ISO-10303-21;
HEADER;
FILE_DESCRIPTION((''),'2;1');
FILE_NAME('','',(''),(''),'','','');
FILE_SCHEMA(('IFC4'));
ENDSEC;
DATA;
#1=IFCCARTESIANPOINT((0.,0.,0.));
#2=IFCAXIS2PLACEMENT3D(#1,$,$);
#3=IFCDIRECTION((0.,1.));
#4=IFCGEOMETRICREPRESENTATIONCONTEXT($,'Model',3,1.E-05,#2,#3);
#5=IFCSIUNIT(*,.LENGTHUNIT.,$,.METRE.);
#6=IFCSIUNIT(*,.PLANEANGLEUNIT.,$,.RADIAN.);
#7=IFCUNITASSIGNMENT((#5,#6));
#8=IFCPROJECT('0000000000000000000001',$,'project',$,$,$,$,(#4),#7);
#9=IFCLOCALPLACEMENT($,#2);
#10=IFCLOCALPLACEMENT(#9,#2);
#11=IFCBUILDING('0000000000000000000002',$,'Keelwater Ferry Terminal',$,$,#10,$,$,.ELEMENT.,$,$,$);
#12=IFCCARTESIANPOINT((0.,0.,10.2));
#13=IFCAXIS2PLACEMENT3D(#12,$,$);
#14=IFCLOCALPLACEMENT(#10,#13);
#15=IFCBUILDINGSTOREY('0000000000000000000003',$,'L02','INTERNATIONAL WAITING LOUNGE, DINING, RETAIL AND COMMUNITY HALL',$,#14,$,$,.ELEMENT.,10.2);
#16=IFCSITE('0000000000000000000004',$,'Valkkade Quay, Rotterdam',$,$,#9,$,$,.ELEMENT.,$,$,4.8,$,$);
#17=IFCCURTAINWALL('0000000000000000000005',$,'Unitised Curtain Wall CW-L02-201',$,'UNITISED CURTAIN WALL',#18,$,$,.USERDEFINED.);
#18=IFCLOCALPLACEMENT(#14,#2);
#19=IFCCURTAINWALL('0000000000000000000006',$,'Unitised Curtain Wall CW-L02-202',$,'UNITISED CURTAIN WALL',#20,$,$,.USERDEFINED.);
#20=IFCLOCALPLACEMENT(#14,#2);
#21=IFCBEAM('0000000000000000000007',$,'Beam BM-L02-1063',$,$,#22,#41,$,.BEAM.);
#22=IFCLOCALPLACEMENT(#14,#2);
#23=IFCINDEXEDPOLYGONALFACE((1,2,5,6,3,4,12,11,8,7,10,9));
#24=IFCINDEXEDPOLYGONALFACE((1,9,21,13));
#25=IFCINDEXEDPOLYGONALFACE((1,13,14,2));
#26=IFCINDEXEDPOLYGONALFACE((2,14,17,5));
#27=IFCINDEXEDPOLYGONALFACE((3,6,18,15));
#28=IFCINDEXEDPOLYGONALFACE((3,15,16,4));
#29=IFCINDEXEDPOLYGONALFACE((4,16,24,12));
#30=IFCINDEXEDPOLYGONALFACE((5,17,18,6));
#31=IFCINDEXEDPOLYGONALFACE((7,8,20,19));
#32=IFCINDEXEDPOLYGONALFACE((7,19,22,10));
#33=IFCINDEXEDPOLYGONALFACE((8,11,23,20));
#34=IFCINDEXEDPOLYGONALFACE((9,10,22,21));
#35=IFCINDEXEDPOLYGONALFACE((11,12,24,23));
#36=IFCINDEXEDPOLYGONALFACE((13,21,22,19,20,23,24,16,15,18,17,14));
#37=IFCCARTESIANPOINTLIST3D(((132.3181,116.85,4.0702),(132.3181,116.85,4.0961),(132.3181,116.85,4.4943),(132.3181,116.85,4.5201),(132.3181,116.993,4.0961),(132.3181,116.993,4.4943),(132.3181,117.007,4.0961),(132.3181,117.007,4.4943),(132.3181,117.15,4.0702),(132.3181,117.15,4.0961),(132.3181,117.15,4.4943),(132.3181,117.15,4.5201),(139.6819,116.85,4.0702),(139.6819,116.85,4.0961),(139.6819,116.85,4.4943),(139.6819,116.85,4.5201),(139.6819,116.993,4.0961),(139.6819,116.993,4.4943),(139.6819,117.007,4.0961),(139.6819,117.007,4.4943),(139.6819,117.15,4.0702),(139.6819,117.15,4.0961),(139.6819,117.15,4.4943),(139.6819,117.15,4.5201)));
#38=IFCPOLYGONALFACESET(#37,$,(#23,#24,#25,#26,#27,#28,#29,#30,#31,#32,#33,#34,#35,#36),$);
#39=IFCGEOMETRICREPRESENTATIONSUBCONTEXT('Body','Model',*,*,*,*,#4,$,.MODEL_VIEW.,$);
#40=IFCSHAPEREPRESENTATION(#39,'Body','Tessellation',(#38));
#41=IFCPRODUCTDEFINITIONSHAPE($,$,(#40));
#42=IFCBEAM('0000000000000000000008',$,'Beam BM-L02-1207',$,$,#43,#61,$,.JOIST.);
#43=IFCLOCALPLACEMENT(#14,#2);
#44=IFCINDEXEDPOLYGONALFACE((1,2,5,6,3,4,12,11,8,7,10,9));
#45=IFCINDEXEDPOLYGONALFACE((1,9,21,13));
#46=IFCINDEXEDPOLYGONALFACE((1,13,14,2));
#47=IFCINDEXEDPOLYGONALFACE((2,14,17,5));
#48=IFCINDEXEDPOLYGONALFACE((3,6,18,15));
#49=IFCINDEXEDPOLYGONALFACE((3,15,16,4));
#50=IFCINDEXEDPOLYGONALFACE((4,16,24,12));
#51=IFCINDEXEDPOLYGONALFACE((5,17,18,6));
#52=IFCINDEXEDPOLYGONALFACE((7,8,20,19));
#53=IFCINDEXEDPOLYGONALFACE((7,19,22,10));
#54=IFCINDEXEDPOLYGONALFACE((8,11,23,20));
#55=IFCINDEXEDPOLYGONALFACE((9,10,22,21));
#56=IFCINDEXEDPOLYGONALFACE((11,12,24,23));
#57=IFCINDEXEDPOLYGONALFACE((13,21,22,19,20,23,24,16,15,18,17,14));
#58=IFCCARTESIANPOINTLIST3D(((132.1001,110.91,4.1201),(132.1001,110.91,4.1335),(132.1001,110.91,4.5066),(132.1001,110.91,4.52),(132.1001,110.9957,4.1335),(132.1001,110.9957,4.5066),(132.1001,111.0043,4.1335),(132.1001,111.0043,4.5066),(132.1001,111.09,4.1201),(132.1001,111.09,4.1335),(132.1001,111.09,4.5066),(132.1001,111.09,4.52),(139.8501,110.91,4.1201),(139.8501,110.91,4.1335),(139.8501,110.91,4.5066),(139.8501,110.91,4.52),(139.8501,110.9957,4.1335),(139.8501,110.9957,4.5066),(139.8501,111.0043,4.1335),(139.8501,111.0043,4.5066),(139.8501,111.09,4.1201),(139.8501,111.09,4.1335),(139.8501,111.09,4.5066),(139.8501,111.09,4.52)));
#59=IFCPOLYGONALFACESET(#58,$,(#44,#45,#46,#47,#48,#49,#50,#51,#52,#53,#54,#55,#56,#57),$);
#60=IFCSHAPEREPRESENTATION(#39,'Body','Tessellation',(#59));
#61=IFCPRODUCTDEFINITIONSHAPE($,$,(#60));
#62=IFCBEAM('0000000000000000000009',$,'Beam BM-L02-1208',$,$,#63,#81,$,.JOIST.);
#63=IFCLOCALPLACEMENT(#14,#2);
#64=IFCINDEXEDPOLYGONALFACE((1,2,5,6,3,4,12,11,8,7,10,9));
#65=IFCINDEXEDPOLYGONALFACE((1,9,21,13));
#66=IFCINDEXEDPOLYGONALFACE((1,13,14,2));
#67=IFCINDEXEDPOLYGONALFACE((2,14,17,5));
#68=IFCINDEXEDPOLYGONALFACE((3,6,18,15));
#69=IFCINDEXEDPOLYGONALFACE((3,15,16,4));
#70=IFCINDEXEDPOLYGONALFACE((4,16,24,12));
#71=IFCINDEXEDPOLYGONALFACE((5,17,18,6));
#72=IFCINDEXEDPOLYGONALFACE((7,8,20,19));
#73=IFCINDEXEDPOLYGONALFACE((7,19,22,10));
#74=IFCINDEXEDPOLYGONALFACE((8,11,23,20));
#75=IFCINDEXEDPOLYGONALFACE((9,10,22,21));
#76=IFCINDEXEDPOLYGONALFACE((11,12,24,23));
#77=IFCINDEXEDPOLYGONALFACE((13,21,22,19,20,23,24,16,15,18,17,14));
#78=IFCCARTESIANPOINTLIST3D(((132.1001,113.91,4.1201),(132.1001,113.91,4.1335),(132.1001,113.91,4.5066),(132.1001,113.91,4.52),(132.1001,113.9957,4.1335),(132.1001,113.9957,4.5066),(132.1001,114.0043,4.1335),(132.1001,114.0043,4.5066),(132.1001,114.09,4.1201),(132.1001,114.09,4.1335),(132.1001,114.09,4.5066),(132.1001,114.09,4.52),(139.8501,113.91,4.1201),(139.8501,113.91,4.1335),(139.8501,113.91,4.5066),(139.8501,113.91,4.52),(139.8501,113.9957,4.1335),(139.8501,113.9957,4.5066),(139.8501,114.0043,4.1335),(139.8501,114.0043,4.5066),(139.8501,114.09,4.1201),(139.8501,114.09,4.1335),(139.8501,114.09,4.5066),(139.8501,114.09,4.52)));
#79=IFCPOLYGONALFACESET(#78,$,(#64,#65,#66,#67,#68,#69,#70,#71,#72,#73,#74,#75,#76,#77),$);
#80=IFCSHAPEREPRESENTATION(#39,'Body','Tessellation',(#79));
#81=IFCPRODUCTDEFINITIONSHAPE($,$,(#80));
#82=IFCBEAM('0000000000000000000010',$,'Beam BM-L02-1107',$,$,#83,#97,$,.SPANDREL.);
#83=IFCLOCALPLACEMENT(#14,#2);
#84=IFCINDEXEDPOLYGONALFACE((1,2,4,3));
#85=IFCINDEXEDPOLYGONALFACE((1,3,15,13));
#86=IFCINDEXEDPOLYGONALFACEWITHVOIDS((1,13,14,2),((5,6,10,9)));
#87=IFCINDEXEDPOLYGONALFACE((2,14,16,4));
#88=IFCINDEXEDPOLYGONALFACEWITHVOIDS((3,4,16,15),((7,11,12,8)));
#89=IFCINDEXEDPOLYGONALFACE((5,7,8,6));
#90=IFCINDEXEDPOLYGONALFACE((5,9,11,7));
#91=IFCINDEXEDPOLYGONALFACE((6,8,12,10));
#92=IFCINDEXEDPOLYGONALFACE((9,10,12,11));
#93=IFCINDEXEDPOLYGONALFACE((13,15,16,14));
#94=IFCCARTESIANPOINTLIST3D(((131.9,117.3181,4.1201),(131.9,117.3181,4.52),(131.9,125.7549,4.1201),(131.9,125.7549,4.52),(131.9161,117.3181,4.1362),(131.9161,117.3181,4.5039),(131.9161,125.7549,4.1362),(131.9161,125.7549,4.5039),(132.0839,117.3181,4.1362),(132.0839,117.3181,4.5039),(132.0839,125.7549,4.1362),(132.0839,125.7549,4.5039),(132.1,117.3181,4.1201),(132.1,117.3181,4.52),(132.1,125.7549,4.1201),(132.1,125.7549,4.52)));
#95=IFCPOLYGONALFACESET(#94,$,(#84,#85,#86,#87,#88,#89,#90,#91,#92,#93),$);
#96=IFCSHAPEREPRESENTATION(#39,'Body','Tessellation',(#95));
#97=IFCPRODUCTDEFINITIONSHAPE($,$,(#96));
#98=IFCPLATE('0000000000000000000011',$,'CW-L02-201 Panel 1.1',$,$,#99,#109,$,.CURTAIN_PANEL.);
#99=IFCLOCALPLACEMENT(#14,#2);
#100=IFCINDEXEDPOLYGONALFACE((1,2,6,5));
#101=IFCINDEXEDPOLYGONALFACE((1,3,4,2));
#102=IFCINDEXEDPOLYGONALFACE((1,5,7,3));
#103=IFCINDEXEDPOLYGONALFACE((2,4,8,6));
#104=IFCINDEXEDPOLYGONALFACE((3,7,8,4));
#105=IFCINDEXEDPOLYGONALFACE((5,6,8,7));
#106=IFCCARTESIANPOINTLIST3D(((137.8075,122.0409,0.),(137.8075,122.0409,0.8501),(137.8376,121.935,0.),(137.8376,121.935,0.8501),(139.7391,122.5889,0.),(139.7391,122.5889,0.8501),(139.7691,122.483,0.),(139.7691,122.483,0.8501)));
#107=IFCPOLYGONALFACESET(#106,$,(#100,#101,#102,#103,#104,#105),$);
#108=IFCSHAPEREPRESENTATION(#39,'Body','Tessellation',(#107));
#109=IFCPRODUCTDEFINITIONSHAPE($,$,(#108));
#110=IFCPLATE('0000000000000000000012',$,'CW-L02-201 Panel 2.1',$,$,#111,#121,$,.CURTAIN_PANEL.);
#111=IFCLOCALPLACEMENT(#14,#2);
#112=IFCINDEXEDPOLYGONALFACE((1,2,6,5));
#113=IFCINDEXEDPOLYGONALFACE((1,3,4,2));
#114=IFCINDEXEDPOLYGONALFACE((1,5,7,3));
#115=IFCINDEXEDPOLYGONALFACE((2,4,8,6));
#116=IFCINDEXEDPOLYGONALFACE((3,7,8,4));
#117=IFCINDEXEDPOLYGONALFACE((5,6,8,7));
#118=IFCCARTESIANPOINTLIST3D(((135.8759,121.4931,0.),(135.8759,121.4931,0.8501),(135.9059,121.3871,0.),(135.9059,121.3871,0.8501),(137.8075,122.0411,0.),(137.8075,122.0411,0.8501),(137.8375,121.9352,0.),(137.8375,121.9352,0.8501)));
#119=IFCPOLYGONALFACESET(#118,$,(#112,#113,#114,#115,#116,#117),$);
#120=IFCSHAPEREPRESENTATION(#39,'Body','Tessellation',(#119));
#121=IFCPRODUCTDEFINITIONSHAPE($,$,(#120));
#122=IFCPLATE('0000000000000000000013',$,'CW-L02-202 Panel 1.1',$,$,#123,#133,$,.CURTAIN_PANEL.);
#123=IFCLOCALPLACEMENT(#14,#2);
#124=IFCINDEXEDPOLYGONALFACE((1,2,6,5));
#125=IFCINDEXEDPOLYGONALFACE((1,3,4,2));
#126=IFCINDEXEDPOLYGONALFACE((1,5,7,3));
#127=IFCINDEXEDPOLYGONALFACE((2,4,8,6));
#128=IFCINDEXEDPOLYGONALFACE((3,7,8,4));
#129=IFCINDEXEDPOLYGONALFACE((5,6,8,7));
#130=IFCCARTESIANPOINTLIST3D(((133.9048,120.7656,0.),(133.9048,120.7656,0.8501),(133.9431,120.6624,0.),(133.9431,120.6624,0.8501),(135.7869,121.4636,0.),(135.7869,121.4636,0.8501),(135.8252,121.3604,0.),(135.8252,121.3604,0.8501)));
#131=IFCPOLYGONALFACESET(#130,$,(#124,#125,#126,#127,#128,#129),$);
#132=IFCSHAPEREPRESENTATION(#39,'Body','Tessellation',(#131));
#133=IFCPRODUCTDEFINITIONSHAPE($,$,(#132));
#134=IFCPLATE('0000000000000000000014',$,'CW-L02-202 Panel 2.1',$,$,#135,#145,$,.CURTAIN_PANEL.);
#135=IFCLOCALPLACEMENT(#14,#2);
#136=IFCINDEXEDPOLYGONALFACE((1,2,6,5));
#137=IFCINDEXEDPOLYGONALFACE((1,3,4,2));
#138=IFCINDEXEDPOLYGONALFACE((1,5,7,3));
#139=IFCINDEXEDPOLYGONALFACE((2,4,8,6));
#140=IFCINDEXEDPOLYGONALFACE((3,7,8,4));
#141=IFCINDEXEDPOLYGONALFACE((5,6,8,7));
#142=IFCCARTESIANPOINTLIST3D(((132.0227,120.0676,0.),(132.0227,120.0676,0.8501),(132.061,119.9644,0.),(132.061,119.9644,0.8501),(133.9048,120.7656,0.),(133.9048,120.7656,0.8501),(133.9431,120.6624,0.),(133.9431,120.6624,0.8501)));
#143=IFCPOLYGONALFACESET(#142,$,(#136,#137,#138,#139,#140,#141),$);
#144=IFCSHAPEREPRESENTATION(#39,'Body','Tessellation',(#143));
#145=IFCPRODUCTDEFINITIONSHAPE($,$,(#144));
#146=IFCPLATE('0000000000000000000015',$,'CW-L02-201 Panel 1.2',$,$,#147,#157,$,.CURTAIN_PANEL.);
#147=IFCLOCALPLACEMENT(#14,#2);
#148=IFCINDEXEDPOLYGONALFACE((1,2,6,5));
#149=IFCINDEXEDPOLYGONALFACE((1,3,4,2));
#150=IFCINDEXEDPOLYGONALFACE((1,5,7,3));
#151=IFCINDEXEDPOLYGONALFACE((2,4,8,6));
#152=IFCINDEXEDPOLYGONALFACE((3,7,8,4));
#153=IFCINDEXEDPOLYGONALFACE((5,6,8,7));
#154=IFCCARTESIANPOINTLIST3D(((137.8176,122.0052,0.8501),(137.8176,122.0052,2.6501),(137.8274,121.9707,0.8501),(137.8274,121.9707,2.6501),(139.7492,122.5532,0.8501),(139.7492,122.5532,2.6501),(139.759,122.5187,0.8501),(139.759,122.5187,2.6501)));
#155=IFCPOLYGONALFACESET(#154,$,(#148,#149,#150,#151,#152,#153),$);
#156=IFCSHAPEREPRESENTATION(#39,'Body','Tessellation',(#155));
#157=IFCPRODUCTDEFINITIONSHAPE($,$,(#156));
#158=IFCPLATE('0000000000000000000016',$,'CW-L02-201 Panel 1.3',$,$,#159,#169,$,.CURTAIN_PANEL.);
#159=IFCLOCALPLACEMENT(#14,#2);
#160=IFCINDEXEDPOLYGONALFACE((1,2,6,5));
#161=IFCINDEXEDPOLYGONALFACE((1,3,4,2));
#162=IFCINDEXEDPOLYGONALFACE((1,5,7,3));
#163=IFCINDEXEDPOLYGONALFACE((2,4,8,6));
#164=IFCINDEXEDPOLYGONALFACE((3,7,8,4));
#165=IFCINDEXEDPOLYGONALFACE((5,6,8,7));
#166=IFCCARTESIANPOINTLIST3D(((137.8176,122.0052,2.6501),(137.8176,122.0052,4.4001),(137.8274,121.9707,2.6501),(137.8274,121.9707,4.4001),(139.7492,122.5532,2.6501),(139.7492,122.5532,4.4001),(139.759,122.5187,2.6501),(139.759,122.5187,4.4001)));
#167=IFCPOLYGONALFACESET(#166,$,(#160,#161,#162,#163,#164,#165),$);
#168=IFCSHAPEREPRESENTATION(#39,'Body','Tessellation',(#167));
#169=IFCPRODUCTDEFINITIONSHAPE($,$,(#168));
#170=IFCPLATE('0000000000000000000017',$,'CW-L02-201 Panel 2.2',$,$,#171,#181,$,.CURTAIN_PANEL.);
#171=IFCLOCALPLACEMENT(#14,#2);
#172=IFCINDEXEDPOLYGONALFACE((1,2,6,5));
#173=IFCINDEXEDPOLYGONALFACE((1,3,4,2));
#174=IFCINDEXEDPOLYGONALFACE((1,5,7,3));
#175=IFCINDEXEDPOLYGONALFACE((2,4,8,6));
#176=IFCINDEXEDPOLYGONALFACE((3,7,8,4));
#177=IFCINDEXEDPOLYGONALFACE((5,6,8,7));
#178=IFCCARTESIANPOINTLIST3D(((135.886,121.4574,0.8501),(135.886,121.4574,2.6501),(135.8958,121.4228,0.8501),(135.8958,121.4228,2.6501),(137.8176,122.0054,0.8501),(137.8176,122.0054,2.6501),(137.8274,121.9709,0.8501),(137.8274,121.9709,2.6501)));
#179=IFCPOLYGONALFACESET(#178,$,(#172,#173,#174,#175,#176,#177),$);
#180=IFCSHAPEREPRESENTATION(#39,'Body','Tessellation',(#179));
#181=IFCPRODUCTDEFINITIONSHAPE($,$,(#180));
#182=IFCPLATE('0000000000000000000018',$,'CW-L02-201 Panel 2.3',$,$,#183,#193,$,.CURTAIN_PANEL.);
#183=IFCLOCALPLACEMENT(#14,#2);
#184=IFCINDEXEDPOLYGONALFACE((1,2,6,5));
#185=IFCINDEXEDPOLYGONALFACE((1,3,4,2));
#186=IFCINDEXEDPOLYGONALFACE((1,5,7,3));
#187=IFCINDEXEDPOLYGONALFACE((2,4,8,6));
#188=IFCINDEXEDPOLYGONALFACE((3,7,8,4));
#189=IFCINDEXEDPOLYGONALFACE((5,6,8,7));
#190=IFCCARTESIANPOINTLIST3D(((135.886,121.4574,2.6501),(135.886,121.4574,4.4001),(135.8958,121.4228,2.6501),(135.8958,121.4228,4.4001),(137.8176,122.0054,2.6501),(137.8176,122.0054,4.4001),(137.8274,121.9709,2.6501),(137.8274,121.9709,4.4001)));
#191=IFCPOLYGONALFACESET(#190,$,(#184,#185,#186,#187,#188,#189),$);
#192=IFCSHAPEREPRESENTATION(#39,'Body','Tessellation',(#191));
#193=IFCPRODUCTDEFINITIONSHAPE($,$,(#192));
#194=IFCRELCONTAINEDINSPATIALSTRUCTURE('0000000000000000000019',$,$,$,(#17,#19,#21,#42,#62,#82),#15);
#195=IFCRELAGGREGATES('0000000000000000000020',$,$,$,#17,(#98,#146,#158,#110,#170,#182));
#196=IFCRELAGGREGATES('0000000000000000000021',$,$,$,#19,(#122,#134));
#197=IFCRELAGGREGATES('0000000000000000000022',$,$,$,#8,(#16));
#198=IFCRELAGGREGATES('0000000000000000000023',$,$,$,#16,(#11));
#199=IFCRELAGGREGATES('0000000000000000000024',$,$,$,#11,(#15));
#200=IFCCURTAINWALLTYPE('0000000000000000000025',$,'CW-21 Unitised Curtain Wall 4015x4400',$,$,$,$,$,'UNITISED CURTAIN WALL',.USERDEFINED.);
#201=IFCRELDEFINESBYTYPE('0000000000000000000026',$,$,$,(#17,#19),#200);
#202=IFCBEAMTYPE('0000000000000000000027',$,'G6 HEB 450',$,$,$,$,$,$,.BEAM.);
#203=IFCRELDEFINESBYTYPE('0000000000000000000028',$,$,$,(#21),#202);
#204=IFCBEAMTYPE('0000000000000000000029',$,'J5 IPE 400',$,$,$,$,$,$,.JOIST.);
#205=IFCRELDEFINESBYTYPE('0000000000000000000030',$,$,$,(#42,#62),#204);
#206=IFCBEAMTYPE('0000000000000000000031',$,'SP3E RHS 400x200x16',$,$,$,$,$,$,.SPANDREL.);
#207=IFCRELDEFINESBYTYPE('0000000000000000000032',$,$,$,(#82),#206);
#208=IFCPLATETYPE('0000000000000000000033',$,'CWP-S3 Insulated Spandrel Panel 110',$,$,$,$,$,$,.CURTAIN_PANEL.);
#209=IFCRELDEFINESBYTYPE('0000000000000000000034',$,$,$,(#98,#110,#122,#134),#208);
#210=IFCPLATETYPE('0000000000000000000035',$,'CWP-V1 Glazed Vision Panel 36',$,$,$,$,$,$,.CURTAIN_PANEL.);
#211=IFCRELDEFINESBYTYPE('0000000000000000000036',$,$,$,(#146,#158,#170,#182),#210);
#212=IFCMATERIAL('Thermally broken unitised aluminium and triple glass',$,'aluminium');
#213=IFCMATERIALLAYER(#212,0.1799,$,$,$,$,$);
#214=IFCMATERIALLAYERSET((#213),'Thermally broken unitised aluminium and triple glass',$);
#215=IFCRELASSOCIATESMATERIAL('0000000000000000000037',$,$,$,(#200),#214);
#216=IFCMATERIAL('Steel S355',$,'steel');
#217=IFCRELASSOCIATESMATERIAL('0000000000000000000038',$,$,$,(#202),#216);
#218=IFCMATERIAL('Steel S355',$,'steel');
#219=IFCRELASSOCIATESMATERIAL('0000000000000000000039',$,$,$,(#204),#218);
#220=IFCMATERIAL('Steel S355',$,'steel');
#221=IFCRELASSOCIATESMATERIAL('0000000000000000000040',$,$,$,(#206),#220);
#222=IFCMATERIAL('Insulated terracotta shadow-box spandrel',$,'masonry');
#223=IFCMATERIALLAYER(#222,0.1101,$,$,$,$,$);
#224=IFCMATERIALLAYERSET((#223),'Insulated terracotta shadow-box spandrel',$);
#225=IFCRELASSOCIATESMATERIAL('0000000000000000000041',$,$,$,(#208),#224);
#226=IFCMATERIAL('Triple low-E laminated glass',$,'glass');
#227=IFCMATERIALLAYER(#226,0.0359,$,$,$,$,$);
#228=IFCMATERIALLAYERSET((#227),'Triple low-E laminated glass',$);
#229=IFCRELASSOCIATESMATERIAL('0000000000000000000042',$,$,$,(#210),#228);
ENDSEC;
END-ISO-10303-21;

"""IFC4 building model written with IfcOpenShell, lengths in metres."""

from ifc_helpers import new_model, si_unit, direction, frame, origin, origin_2d, place, context, subcontext, project, spatial, rectangle, hollow_rectangle, i_section, extrude, material, layer, layer_set, material_profile, profile_set, type_object, element, aggregate, save


model = new_model("IFC4")

# Units and contexts
model_context = context("Model", 3, precision=1e-05, world=origin(), true_north=direction((0.0, 1.0)))
body_context = subcontext(model_context, "Body", "Model", "MODEL_VIEW")
ifc_project = project(units=[si_unit("LENGTHUNIT", "METRE"), si_unit("PLANEANGLEUNIT", "RADIAN")], contexts=[model_context])

# Site, building, storey
site_placement = place(None, origin())
site = spatial("IfcSite", under=ifc_project, at=site_placement, Name="Valkkade Quay, Rotterdam", CompositionType="ELEMENT", RefElevation=4.8)
building_placement = place(site_placement, origin())
building = spatial("IfcBuilding", under=site, at=building_placement, Name="Keelwater Ferry Terminal", CompositionType="ELEMENT")
storey_placement = place(building_placement, frame((0.0, 0.0, 10.2)))
storey = spatial("IfcBuildingStorey", under=building, at=storey_placement, Name="L02", Description="INTERNATIONAL WAITING LOUNGE, DINING, RETAIL AND COMMUNITY HALL", CompositionType="ELEMENT", Elevation=10.2)

# Curtain walls
ifc_material_1 = material(Name="Thermally broken unitised aluminium and triple glass", Category="aluminium")
ifc_layer_1 = layer(ifc_material_1, 0.1799)
ifc_layer_set_1 = layer_set([ifc_layer_1], Name="Thermally broken unitised aluminium and triple glass")
curtain_wall_type = type_object("IfcCurtainWallType", Name="CW-21 Unitised Curtain Wall 4015x4400", ElementType="UNITISED CURTAIN WALL", PredefinedType="USERDEFINED", material=ifc_layer_set_1)
curtain_wall_1_placement = place(storey_placement, origin())
curtain_wall_1 = element("IfcCurtainWall", 1, at=curtain_wall_1_placement, inside=storey, type_object=curtain_wall_type, Name="Unitised Curtain Wall CW-L02-201", ObjectType="UNITISED CURTAIN WALL", PredefinedType="USERDEFINED")
curtain_wall_2_placement = place(storey_placement, origin())
curtain_wall_2 = element("IfcCurtainWall", 2, at=curtain_wall_2_placement, inside=storey, type_object=curtain_wall_type, Name="Unitised Curtain Wall CW-L02-202", ObjectType="UNITISED CURTAIN WALL", PredefinedType="USERDEFINED")

# Beams
ifc_material_2 = material(Name="Steel S355", Category="steel")
ifc_material_profile_1 = material_profile(ifc_material_2, i_section(OverallWidth=0.3, OverallDepth=0.45, WebThickness=0.0139, FlangeThickness=0.0259, at=origin_2d()), Name="HEB 450")
ifc_profile_set_1 = profile_set([ifc_material_profile_1], Name="Steel S355")
beam_type_1 = type_object("IfcBeamType", Name="G6 HEB 450", PredefinedType="BEAM", material=ifc_profile_set_1)
beam_1_placement = place(storey_placement, frame((132.3181, 117.0, 4.2952), z_axis=(1.0, 0.0, 0.0), x_axis=(0.0, 1.0, 0.0)))
element("IfcBeam", 3, at=beam_1_placement, inside=storey, type_object=beam_type_1, Name="Beam BM-L02-1063", PredefinedType="BEAM", context=body_context, shape_type="SweptSolid", body=[
    extrude(i_section(OverallWidth=0.3, OverallDepth=0.45, WebThickness=0.0139, FlangeThickness=0.0259, at=origin_2d()), origin(), (0.0, 0.0, 1.0), 7.3638),
])
ifc_material_3 = material(Name="Steel S355", Category="steel")
ifc_material_profile_2 = material_profile(ifc_material_3, i_section(OverallWidth=0.1799, OverallDepth=0.3999, WebThickness=0.0085, FlangeThickness=0.0134, at=origin_2d()), Name="IPE 400")
ifc_profile_set_2 = profile_set([ifc_material_profile_2], Name="Steel S355")
beam_type_2 = type_object("IfcBeamType", Name="J5 IPE 400", PredefinedType="JOIST", material=ifc_profile_set_2)
for number, where, z_axis, x_axis, name in (
    (4, (132.1001, 111.0, 4.3201), (1.0, 0.0, 0.0), (0.0, 1.0, 0.0), "Beam BM-L02-1207"),
    (5, (132.1001, 114.0, 4.3201), (1.0, 0.0, 0.0), (0.0, 1.0, 0.0), "Beam BM-L02-1208"),
):
    element("IfcBeam", number, at=place(storey_placement, frame(where, z_axis=z_axis, x_axis=x_axis)), inside=storey, type_object=beam_type_2, Name=name, PredefinedType="JOIST", context=body_context, shape_type="SweptSolid", body=[
        extrude(i_section(OverallWidth=0.1799, OverallDepth=0.3999, WebThickness=0.0085, FlangeThickness=0.0134, at=origin_2d()), origin(), (0.0, 0.0, 1.0), 7.75),
    ])
ifc_material_4 = material(Name="Steel S355", Category="steel")
ifc_material_profile_3 = material_profile(ifc_material_4, hollow_rectangle(XDim=0.2, YDim=0.3999, WallThickness=0.0161, at=origin_2d()), Name="RHS 400x200x16")
ifc_profile_set_3 = profile_set([ifc_material_profile_3], Name="Steel S355")
beam_type_3 = type_object("IfcBeamType", Name="SP3E RHS 400x200x16", PredefinedType="SPANDREL", material=ifc_profile_set_3)
beam_2_placement = place(storey_placement, frame((132.0, 117.3181, 4.3201), z_axis=(0.0, 1.0, 0.0), x_axis=(-1.0, 0.0, 0.0)))
element("IfcBeam", 6, at=beam_2_placement, inside=storey, type_object=beam_type_3, Name="Beam BM-L02-1107", PredefinedType="SPANDREL", context=body_context, shape_type="SweptSolid", body=[
    extrude(hollow_rectangle(XDim=0.2, YDim=0.3999, WallThickness=0.0161, at=origin_2d()), origin(), (0.0, 0.0, 1.0), 8.4368),
])

# Plates
ifc_material_5 = material(Name="Insulated terracotta shadow-box spandrel", Category="masonry")
ifc_layer_2 = layer(ifc_material_5, 0.1101)
ifc_layer_set_2 = layer_set([ifc_layer_2], Name="Insulated terracotta shadow-box spandrel")
plate_type_1 = type_object("IfcPlateType", Name="CWP-S3 Insulated Spandrel Panel 110", PredefinedType="CURTAIN_PANEL", material=ifc_layer_set_2)
plate_1_placement = place(storey_placement, frame((138.7883, 122.262, 0.0), z_axis=(0.0, 0.0, 1.0), x_axis=(-0.96203, -0.272945, 0.0)))
plate_1 = element("IfcPlate", 7, at=plate_1_placement, type_object=plate_type_1, Name="CW-L02-201 Panel 1.1", PredefinedType="CURTAIN_PANEL", context=body_context, shape_type="SweptSolid", body=[
    extrude(rectangle(XDim=2.0078, YDim=0.1101, at=origin_2d()), origin(), (0.0, 0.0, 1.0), 0.8501),
])
plate_2_placement = place(storey_placement, frame((136.8567, 121.7141, 0.0), z_axis=(0.0, 0.0, 1.0), x_axis=(-0.96203, -0.272945, 0.0)))
plate_2 = element("IfcPlate", 8, at=plate_2_placement, type_object=plate_type_1, Name="CW-L02-201 Panel 2.1", PredefinedType="CURTAIN_PANEL", context=body_context, shape_type="SweptSolid", body=[
    extrude(rectangle(XDim=2.0078, YDim=0.1101, at=origin_2d()), origin(), (0.0, 0.0, 1.0), 0.8501),
])
plate_3_placement = place(storey_placement, frame((134.865, 121.063, 0.0), z_axis=(0.0, 0.0, 1.0), x_axis=(-0.937592, -0.347736, 0.0)))
plate_3 = element("IfcPlate", 9, at=plate_3_placement, type_object=plate_type_1, Name="CW-L02-202 Panel 1.1", PredefinedType="CURTAIN_PANEL", context=body_context, shape_type="SweptSolid", body=[
    extrude(rectangle(XDim=2.0073, YDim=0.1101, at=origin_2d()), origin(), (0.0, 0.0, 1.0), 0.8501),
])
plate_4_placement = place(storey_placement, frame((132.9829, 120.365, 0.0), z_axis=(0.0, 0.0, 1.0), x_axis=(-0.937592, -0.347736, 0.0)))
plate_4 = element("IfcPlate", 10, at=plate_4_placement, type_object=plate_type_1, Name="CW-L02-202 Panel 2.1", PredefinedType="CURTAIN_PANEL", context=body_context, shape_type="SweptSolid", body=[
    extrude(rectangle(XDim=2.0073, YDim=0.1101, at=origin_2d()), origin(), (0.0, 0.0, 1.0), 0.8501),
])
ifc_material_6 = material(Name="Triple low-E laminated glass", Category="glass")
ifc_layer_3 = layer(ifc_material_6, 0.0359)
ifc_layer_set_3 = layer_set([ifc_layer_3], Name="Triple low-E laminated glass")
plate_type_2 = type_object("IfcPlateType", Name="CWP-V1 Glazed Vision Panel 36", PredefinedType="CURTAIN_PANEL", material=ifc_layer_set_3)
plate_5_placement = place(storey_placement, frame((138.7883, 122.262, 0.8501), z_axis=(0.0, 0.0, 1.0), x_axis=(-0.96203, -0.272945, 0.0)))
plate_5 = element("IfcPlate", 11, at=plate_5_placement, type_object=plate_type_2, Name="CW-L02-201 Panel 1.2", PredefinedType="CURTAIN_PANEL", context=body_context, shape_type="SweptSolid", body=[
    extrude(rectangle(XDim=2.0078, YDim=0.0359, at=origin_2d()), origin(), (0.0, 0.0, 1.0), 1.8),
])
plate_6_placement = place(storey_placement, frame((138.7883, 122.262, 2.6501), z_axis=(0.0, 0.0, 1.0), x_axis=(-0.96203, -0.272945, 0.0)))
plate_6 = element("IfcPlate", 12, at=plate_6_placement, type_object=plate_type_2, Name="CW-L02-201 Panel 1.3", PredefinedType="CURTAIN_PANEL", context=body_context, shape_type="SweptSolid", body=[
    extrude(rectangle(XDim=2.0078, YDim=0.0359, at=origin_2d()), origin(), (0.0, 0.0, 1.0), 1.75),
])
plate_7_placement = place(storey_placement, frame((136.8567, 121.7141, 0.8501), z_axis=(0.0, 0.0, 1.0), x_axis=(-0.96203, -0.272945, 0.0)))
plate_7 = element("IfcPlate", 13, at=plate_7_placement, type_object=plate_type_2, Name="CW-L02-201 Panel 2.2", PredefinedType="CURTAIN_PANEL", context=body_context, shape_type="SweptSolid", body=[
    extrude(rectangle(XDim=2.0078, YDim=0.0359, at=origin_2d()), origin(), (0.0, 0.0, 1.0), 1.8),
])
plate_8_placement = place(storey_placement, frame((136.8567, 121.7141, 2.6501), z_axis=(0.0, 0.0, 1.0), x_axis=(-0.96203, -0.272945, 0.0)))
plate_8 = element("IfcPlate", 14, at=plate_8_placement, type_object=plate_type_2, Name="CW-L02-201 Panel 2.3", PredefinedType="CURTAIN_PANEL", context=body_context, shape_type="SweptSolid", body=[
    extrude(rectangle(XDim=2.0078, YDim=0.0359, at=origin_2d()), origin(), (0.0, 0.0, 1.0), 1.75),
])
aggregate(curtain_wall_1, [plate_1, plate_5, plate_6, plate_2, plate_7, plate_8])
aggregate(curtain_wall_2, [plate_3, plate_4])

save(model, "model.ifc")
